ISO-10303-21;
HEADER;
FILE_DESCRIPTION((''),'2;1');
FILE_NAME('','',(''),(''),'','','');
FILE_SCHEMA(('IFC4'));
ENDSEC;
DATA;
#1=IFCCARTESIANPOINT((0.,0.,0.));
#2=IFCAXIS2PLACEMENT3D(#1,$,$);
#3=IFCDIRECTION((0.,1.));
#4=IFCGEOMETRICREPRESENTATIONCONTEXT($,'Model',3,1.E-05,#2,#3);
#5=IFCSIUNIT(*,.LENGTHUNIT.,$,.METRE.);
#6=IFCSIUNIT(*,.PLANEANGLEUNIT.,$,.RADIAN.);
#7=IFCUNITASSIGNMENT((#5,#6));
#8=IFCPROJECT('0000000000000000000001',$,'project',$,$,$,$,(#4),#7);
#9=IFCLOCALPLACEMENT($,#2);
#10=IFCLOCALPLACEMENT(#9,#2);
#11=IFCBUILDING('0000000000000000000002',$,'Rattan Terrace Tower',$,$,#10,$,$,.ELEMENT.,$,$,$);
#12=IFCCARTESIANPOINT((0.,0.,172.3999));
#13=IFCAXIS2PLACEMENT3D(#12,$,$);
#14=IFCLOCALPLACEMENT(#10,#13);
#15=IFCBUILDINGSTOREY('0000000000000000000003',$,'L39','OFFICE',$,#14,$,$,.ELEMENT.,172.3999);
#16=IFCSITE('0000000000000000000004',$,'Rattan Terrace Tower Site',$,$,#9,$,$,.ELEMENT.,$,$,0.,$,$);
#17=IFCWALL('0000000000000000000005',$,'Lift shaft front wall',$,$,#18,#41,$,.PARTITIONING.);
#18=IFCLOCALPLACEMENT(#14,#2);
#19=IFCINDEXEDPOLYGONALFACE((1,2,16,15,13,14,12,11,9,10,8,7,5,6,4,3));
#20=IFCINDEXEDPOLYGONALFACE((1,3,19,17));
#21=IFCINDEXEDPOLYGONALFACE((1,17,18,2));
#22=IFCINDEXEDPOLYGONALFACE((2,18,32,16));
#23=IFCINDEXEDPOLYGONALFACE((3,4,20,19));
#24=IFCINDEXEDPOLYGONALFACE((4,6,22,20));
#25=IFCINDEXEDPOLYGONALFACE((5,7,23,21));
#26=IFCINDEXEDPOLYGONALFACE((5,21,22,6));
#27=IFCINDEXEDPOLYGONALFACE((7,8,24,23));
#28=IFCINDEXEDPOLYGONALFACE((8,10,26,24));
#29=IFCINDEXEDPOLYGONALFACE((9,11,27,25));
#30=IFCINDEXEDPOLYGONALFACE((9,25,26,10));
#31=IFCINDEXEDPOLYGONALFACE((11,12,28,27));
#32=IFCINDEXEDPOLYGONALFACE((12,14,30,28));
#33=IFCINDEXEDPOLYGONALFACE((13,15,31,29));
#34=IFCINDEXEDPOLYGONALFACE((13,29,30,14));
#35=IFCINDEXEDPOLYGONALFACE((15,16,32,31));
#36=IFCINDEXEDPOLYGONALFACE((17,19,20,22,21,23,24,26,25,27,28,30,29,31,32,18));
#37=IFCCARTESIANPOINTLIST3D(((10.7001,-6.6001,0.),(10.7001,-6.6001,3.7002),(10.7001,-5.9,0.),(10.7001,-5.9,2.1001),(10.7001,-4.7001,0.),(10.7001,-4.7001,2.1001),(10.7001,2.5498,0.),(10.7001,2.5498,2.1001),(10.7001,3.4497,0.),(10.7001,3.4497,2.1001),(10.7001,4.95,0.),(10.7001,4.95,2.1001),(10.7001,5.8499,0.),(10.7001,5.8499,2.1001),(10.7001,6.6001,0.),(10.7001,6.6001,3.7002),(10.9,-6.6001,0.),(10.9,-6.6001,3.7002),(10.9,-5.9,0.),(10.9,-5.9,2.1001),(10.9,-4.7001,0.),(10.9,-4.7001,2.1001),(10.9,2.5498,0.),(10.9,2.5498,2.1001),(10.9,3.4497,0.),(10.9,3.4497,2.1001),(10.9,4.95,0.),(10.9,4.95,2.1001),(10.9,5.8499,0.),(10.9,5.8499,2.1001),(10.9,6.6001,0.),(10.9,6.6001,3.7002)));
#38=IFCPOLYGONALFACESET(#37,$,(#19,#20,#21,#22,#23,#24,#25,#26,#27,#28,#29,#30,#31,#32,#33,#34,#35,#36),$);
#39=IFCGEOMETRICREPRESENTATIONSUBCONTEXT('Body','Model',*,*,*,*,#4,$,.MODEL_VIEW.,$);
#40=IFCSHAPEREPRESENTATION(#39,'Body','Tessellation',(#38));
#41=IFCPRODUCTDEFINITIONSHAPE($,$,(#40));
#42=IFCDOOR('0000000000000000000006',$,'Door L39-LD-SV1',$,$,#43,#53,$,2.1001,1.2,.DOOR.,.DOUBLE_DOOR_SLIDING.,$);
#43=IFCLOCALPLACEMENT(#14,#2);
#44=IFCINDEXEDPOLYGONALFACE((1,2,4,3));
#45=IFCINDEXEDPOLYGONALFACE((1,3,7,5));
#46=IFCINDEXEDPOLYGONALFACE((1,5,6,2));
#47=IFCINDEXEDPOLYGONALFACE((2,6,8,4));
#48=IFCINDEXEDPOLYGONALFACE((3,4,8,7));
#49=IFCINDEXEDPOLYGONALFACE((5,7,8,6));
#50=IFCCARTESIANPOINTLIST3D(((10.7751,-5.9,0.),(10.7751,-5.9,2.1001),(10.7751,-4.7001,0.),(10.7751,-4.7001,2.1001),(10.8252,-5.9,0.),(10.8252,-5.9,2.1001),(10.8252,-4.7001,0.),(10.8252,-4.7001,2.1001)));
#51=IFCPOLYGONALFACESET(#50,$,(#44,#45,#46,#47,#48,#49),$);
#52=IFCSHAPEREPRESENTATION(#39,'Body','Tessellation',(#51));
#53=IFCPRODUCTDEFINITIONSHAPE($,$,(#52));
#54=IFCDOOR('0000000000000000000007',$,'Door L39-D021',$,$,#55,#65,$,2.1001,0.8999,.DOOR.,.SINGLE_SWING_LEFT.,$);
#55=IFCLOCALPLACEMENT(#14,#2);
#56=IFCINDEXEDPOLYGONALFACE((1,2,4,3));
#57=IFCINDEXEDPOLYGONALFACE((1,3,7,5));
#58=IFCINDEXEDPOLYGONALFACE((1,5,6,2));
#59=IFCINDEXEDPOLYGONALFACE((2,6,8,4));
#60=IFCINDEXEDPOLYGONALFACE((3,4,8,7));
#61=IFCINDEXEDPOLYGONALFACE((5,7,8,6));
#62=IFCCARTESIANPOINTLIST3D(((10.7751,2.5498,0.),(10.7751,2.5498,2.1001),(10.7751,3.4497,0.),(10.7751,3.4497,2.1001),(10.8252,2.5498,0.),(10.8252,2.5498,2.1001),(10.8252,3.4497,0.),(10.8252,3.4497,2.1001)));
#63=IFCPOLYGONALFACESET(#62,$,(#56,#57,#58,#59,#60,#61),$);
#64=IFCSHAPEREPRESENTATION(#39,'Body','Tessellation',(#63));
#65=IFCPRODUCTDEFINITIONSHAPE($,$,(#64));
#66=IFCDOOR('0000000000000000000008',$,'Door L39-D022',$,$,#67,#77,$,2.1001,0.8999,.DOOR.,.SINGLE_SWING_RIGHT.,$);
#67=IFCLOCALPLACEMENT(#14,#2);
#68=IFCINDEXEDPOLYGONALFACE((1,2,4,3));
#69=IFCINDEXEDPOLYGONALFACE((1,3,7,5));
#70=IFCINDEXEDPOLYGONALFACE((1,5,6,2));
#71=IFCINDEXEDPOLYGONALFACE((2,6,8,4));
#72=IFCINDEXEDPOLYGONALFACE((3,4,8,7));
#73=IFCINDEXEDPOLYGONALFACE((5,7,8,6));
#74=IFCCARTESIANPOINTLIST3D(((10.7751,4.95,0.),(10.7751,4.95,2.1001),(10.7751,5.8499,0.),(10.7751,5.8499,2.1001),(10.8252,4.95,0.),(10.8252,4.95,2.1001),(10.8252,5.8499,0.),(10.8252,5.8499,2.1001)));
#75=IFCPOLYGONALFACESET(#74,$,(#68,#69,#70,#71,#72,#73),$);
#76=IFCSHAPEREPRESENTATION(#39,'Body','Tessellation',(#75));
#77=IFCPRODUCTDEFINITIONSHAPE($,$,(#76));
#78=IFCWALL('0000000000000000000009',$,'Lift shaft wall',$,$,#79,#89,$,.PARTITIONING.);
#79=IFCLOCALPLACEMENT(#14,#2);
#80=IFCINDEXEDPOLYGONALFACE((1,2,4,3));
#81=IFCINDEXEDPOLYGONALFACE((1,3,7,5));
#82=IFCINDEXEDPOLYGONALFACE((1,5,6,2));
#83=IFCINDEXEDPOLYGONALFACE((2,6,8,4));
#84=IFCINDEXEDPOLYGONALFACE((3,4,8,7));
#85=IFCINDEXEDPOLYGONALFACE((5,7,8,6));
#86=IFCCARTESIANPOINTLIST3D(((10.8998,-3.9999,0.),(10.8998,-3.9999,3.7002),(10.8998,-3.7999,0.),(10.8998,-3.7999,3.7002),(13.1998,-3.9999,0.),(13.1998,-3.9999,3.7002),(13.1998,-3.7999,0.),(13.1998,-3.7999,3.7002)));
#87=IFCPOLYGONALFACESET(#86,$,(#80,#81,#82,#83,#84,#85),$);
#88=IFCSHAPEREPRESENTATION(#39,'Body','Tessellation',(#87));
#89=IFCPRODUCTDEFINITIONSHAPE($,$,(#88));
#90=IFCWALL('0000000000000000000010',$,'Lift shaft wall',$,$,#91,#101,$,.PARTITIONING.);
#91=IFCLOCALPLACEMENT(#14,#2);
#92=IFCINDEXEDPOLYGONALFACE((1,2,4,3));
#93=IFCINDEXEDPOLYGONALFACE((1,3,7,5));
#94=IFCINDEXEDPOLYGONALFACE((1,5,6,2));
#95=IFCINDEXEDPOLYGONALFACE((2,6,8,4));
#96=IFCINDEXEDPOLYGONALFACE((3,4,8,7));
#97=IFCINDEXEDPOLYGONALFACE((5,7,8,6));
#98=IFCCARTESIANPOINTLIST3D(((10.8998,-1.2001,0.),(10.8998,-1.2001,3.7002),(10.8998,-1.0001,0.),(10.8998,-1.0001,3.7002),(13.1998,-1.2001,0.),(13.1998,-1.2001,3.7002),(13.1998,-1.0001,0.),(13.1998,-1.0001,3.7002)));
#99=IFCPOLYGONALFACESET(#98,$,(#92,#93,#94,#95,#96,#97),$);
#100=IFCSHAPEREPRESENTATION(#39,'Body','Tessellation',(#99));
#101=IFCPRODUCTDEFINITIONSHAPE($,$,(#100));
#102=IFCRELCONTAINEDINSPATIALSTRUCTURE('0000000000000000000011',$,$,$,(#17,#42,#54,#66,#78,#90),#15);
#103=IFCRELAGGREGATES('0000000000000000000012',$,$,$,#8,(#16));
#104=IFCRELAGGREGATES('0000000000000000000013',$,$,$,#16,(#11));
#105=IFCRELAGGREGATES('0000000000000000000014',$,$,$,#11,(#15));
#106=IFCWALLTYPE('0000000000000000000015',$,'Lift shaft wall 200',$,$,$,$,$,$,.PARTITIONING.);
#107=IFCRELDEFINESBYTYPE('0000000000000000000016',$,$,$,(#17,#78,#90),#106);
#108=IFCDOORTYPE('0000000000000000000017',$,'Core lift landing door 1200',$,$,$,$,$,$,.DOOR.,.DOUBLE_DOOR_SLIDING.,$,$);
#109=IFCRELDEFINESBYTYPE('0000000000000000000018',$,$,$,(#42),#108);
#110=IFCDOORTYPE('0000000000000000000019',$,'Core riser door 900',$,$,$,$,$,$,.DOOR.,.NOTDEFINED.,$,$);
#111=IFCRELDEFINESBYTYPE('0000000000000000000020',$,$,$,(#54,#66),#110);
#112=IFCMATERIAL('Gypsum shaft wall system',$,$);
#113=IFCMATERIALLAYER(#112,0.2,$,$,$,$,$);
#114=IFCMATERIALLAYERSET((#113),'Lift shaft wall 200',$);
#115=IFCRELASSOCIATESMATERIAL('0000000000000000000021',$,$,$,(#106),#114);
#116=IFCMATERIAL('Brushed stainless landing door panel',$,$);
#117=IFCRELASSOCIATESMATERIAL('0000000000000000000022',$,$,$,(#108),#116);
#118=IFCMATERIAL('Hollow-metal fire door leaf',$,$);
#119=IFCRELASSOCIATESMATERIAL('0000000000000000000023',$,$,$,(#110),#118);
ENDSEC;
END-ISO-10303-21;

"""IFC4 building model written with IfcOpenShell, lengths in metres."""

from ifc_helpers import new_model, si_unit, direction, frame, frame_2d, origin, place, context, subcontext, project, spatial, rectangle, extrude, material, layer, layer_set, type_object, element, fill, save


model = new_model("IFC4")

# Units and contexts
model_context = context("Model", 3, precision=1e-05, world=origin(), true_north=direction((0.0, 1.0)))
body_context = subcontext(model_context, "Body", "Model", "MODEL_VIEW")
ifc_project = project(units=[si_unit("LENGTHUNIT", "METRE"), si_unit("PLANEANGLEUNIT", "RADIAN")], contexts=[model_context])

# Site, building, storey
site_placement = place(None, origin())
site = spatial("IfcSite", under=ifc_project, at=site_placement, Name="Rattan Terrace Tower Site", CompositionType="ELEMENT", RefElevation=0.0)
building_placement = place(site_placement, origin())
building = spatial("IfcBuilding", under=site, at=building_placement, Name="Rattan Terrace Tower", CompositionType="ELEMENT")
storey_placement = place(building_placement, frame((0.0, 0.0, 172.3999)))
storey = spatial("IfcBuildingStorey", under=building, at=storey_placement, Name="L39", Description="OFFICE", CompositionType="ELEMENT", Elevation=172.3999)

# Wall, openings, doors
ifc_material_1 = material(Name="Gypsum shaft wall system")
ifc_layer_1 = layer(ifc_material_1, 0.2)
ifc_layer_set_1 = layer_set([ifc_layer_1], Name="Lift shaft wall 200")
wall_type_1 = type_object("IfcWallType", Name="Lift shaft wall 200", PredefinedType="PARTITIONING", material=ifc_layer_set_1)
wall_1_placement = place(storey_placement, frame((10.8, -6.6001, 0.0), z_axis=(0.0, 0.0, 1.0), x_axis=(0.0, 1.0, 0.0)))
wall_1 = element("IfcWall", 1, at=wall_1_placement, inside=storey, type_object=wall_type_1, Name="Lift shaft front wall", PredefinedType="PARTITIONING", context=body_context, shape_type="SweptSolid", body=[
    extrude(rectangle(XDim=13.2002, YDim=0.2, at=frame_2d((6.6001, 0.0))), origin(), (0.0, 0.0, 1.0), 3.7002),
])
opening_1_placement = place(wall_1_placement, frame((0.7, 0.0, 0.0)))
opening_1 = element("IfcOpeningElement", 2, at=opening_1_placement, cuts=wall_1, PredefinedType="OPENING", context=body_context, shape_type="SweptSolid", body=[
    extrude(rectangle(XDim=1.2, YDim=2.1001, at=frame_2d((0.6001, 1.05))), frame((0.0, 0.1106, 0.0), z_axis=(0.0, -1.0, 0.0), x_axis=(1.0, 0.0, 0.0)), (0.0, 0.0, 1.0), 0.2209),
])
opening_2_placement = place(wall_1_placement, frame((9.1499, 0.0, 0.0)))
opening_2 = element("IfcOpeningElement", 3, at=opening_2_placement, cuts=wall_1, PredefinedType="OPENING", context=body_context, shape_type="SweptSolid", body=[
    extrude(rectangle(XDim=0.8999, YDim=2.1001, at=frame_2d((0.45, 1.05))), frame((0.0, 0.1106, 0.0), z_axis=(0.0, -1.0, 0.0), x_axis=(1.0, 0.0, 0.0)), (0.0, 0.0, 1.0), 0.2209),
])
opening_3_placement = place(wall_1_placement, frame((11.55, 0.0, 0.0)))
opening_3 = element("IfcOpeningElement", 4, at=opening_3_placement, cuts=wall_1, PredefinedType="OPENING", context=body_context, shape_type="SweptSolid", body=[
    extrude(rectangle(XDim=0.8999, YDim=2.1001, at=frame_2d((0.45, 1.05))), frame((0.0, 0.1106, 0.0), z_axis=(0.0, -1.0, 0.0), x_axis=(1.0, 0.0, 0.0)), (0.0, 0.0, 1.0), 0.2209),
])
ifc_material_2 = material(Name="Brushed stainless landing door panel")
door_type_1 = type_object("IfcDoorType", Name="Core lift landing door 1200", OperationType="DOUBLE_DOOR_SLIDING", PredefinedType="DOOR", material=ifc_material_2)
door_1_placement = place(opening_1_placement, origin())
door_1 = element("IfcDoor", 5, at=door_1_placement, inside=storey, type_object=door_type_1, Name="Door L39-LD-SV1", OperationType="DOUBLE_DOOR_SLIDING", OverallHeight=2.1001, OverallWidth=1.2, PredefinedType="DOOR", context=body_context, shape_type="SweptSolid", body=[
    extrude(rectangle(XDim=1.2, YDim=2.1001, at=frame_2d((0.6001, 1.05))), frame((0.0, 0.0249, 0.0), z_axis=(0.0, -1.0, 0.0), x_axis=(1.0, 0.0, 0.0)), (0.0, 0.0, 1.0), 0.05),
])
fill(opening_1, door_1)
ifc_material_3 = material(Name="Hollow-metal fire door leaf")
door_type_2 = type_object("IfcDoorType", Name="Core riser door 900", OperationType="NOTDEFINED", PredefinedType="DOOR", material=ifc_material_3)
door_2_placement = place(opening_2_placement, origin())
door_2 = element("IfcDoor", 6, at=door_2_placement, inside=storey, type_object=door_type_2, Name="Door L39-D021", OperationType="SINGLE_SWING_LEFT", OverallHeight=2.1001, OverallWidth=0.8999, PredefinedType="DOOR", context=body_context, shape_type="SweptSolid", body=[
    extrude(rectangle(XDim=0.8999, YDim=2.1001, at=frame_2d((0.45, 1.05))), frame((0.0, 0.0249, 0.0), z_axis=(0.0, -1.0, 0.0), x_axis=(1.0, 0.0, 0.0)), (0.0, 0.0, 1.0), 0.05),
])
fill(opening_2, door_2)
door_3_placement = place(opening_3_placement, origin())
door_3 = element("IfcDoor", 7, at=door_3_placement, inside=storey, type_object=door_type_2, Name="Door L39-D022", OperationType="SINGLE_SWING_RIGHT", OverallHeight=2.1001, OverallWidth=0.8999, PredefinedType="DOOR", context=body_context, shape_type="SweptSolid", body=[
    extrude(rectangle(XDim=0.8999, YDim=2.1001, at=frame_2d((0.45, 1.05))), frame((0.0, 0.0249, 0.0), z_axis=(0.0, -1.0, 0.0), x_axis=(1.0, 0.0, 0.0)), (0.0, 0.0, 1.0), 0.05),
])
fill(opening_3, door_3)

# Walls
for number, where, z_axis, x_axis, name in (
    (8, (10.8999, -3.8999, 0.0), (0.0, 0.0, 1.0), (1.0, 0.0, 0.0), "Lift shaft wall"),
    (9, (10.8999, -1.1001, 0.0), (0.0, 0.0, 1.0), (1.0, 0.0, 0.0), "Lift shaft wall"),
):
    element("IfcWall", number, at=place(storey_placement, frame(where, z_axis=z_axis, x_axis=x_axis)), inside=storey, type_object=wall_type_1, Name=name, PredefinedType="PARTITIONING", context=body_context, shape_type="SweptSolid", body=[
        extrude(rectangle(XDim=2.3, YDim=0.2, at=frame_2d((1.1499, 0.0))), origin(), (0.0, 0.0, 1.0), 3.7002),
    ])

save(model, "model.ifc")
